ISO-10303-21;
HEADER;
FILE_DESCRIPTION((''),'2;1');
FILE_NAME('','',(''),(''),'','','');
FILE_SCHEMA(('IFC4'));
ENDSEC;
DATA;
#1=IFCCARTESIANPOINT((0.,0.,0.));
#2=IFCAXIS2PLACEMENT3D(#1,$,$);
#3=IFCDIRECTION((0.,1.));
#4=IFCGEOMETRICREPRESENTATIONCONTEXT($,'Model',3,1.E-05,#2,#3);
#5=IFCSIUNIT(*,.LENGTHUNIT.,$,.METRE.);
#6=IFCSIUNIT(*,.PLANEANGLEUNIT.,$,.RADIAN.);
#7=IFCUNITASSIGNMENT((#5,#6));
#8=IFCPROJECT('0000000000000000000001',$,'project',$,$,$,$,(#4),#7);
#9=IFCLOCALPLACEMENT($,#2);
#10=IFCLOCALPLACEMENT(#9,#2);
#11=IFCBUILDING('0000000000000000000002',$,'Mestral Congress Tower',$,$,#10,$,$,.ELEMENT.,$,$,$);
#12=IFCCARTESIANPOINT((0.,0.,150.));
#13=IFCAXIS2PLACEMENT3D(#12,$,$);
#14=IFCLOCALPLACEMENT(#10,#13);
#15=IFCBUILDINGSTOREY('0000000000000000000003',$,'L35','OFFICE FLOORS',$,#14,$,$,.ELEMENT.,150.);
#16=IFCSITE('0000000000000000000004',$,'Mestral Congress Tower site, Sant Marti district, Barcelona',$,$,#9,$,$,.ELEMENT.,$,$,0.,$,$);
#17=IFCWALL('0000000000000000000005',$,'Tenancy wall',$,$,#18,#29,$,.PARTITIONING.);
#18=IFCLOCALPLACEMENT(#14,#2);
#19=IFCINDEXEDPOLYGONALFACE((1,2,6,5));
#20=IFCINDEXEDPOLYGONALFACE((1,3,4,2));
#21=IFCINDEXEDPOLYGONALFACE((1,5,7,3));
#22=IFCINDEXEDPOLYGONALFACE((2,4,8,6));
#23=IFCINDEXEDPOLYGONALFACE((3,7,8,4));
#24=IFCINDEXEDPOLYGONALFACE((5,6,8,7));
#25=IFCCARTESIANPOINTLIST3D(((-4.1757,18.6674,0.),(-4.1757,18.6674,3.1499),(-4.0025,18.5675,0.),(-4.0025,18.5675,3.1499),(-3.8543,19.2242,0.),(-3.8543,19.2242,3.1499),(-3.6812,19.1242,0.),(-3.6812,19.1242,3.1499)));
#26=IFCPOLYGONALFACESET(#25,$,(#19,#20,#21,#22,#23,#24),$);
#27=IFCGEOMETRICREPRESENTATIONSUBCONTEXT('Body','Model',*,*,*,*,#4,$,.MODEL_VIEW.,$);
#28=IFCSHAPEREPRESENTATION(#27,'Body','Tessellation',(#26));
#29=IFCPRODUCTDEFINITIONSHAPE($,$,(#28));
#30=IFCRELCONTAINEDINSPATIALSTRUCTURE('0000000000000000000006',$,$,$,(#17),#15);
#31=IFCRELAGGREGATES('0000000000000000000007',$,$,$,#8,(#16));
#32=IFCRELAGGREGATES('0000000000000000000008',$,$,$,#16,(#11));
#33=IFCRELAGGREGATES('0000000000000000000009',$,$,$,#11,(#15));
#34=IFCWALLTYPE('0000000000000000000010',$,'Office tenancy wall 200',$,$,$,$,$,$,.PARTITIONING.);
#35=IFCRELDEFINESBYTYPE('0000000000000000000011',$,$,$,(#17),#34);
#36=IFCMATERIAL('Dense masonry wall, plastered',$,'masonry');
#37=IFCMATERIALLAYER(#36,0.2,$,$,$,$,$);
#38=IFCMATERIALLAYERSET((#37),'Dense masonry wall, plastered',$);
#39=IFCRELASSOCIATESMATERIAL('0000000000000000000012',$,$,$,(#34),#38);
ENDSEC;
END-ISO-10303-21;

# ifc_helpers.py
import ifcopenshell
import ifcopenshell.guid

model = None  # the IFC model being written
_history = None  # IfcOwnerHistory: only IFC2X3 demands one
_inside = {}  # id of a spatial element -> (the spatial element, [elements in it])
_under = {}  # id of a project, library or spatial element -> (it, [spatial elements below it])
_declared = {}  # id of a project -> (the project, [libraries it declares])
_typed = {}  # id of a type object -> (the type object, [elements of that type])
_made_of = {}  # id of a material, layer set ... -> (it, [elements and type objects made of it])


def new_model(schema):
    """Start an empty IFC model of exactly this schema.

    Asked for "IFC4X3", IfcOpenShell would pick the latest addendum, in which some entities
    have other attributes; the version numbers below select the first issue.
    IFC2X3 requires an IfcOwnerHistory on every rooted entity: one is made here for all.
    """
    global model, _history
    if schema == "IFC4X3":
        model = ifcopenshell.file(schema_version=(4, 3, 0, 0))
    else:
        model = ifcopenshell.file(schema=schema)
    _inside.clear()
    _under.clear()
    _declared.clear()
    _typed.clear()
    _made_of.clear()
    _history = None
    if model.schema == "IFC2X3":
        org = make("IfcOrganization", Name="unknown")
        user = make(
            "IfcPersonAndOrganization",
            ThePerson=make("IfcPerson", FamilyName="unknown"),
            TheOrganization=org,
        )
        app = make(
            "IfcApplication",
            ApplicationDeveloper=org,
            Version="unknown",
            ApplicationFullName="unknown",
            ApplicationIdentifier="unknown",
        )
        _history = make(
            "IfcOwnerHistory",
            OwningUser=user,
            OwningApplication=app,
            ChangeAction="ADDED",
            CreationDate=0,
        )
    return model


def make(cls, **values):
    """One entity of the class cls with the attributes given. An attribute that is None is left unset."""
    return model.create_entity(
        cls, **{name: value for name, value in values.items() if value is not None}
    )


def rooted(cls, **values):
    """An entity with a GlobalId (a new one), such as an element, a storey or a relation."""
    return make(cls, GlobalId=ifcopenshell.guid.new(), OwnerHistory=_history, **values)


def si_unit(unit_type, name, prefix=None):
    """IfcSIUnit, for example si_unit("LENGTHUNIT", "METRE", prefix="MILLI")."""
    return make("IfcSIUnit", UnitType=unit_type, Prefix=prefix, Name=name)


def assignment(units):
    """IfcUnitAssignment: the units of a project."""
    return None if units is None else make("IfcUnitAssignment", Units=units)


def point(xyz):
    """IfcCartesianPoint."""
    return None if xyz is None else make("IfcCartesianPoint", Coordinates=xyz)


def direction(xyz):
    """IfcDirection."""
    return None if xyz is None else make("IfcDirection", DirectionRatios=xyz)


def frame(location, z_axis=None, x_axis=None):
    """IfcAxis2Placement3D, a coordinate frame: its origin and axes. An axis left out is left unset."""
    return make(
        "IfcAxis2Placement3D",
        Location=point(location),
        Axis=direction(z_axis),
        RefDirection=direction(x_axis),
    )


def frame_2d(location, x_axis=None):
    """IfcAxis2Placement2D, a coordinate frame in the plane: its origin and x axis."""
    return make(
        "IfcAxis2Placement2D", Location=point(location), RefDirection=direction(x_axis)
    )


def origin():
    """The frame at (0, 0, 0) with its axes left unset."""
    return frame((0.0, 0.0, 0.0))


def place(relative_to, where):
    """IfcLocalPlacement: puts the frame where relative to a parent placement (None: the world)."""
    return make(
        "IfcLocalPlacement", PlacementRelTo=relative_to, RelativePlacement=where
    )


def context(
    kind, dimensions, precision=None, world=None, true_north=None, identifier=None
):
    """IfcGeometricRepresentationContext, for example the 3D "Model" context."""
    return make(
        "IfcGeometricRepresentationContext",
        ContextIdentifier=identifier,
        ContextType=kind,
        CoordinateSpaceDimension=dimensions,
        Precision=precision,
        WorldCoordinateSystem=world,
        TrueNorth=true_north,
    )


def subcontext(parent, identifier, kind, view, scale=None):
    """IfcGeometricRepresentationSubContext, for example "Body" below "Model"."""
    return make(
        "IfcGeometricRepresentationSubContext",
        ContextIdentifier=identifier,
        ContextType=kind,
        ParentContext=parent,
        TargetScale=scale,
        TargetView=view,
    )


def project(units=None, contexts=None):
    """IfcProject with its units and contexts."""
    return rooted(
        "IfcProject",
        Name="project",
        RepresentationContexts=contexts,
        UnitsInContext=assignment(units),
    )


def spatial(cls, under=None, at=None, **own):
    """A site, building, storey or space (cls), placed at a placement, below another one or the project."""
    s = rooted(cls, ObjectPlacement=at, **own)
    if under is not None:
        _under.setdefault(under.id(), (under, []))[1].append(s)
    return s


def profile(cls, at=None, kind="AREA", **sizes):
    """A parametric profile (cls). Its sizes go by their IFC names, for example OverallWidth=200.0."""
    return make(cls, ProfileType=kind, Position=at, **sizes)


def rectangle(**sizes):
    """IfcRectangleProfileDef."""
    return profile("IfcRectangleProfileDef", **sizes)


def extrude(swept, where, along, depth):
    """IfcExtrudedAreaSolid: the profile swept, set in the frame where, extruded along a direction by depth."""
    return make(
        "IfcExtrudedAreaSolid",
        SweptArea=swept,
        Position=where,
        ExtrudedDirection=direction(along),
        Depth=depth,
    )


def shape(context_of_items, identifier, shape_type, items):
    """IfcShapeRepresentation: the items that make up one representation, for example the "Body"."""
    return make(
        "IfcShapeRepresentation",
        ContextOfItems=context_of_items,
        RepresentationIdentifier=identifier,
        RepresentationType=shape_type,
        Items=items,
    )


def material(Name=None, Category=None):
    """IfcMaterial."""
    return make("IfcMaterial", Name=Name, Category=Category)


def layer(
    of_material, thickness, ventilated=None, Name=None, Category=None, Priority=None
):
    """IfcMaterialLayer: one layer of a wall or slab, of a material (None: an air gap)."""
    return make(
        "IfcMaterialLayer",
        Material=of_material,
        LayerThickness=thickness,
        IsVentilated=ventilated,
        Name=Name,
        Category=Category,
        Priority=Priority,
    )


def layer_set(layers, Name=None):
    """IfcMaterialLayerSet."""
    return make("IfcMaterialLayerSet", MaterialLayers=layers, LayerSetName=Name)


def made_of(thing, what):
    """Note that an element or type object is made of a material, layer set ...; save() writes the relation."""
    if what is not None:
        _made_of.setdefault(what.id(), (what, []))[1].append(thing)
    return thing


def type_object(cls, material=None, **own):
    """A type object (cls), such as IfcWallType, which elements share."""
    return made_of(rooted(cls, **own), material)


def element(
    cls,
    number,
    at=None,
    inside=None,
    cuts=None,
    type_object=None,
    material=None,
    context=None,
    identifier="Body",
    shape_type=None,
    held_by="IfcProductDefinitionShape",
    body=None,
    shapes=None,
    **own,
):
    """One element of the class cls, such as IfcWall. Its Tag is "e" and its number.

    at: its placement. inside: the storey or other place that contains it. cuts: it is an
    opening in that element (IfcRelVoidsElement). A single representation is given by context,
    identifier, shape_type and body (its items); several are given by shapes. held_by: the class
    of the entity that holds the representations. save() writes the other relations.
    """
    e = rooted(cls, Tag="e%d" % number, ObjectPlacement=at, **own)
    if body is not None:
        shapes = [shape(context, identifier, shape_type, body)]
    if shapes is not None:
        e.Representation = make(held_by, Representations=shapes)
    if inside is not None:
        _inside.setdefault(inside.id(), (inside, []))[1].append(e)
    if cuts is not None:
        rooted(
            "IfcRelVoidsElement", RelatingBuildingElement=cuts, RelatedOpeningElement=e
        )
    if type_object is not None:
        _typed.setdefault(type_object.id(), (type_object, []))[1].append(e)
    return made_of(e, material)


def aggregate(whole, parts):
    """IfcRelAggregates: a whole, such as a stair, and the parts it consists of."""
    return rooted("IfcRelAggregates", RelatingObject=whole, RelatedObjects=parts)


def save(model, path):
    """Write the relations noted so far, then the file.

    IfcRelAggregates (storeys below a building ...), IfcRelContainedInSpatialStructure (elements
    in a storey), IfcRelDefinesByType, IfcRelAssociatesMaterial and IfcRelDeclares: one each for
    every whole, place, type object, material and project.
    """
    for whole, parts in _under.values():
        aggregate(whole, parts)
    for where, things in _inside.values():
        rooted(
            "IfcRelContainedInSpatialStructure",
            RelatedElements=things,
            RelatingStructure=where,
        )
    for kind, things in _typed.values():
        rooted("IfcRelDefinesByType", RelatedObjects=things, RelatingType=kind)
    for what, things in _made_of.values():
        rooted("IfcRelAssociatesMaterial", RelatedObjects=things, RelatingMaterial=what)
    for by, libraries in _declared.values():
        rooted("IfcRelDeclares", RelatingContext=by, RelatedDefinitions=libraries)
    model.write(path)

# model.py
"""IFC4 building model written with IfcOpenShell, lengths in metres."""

from ifc_helpers import new_model, si_unit, direction, frame, frame_2d, origin, place, context, subcontext, project, spatial, rectangle, extrude, material, layer, layer_set, type_object, element, save


model = new_model("IFC4")

# Units and contexts
model_context = context("Model", 3, precision=1e-05, world=origin(), true_north=direction((0.0, 1.0)))
body_context = subcontext(model_context, "Body", "Model", "MODEL_VIEW")
ifc_project = project(units=[si_unit("LENGTHUNIT", "METRE"), si_unit("PLANEANGLEUNIT", "RADIAN")], contexts=[model_context])

# Site, building, storey
site_placement = place(None, origin())
site = spatial("IfcSite", under=ifc_project, at=site_placement, Name="Mestral Congress Tower site, Sant Marti district, Barcelona", CompositionType="ELEMENT", RefElevation=0.0)
building_placement = place(site_placement, origin())
building = spatial("IfcBuilding", under=site, at=building_placement, Name="Mestral Congress Tower", CompositionType="ELEMENT")
storey_placement = place(building_placement, frame((0.0, 0.0, 150.0)))
storey = spatial("IfcBuildingStorey", under=building, at=storey_placement, Name="L35", Description="OFFICE FLOORS", CompositionType="ELEMENT", Elevation=150.0)

# Wall
ifc_material_1 = material(Name="Dense masonry wall, plastered", Category="masonry")
ifc_layer_1 = layer(ifc_material_1, 0.2)
ifc_layer_set_1 = layer_set([ifc_layer_1], Name="Dense masonry wall, plastered")
wall_type_1 = type_object("IfcWallType", Name="Office tenancy wall 200", PredefinedType="PARTITIONING", material=ifc_layer_set_1)
wall_1_placement = place(storey_placement, frame((-3.7678, 19.1741, 0.0), z_axis=(0.0, 0.0, 1.0), x_axis=(-0.499898, -0.866084, 0.0)))
element("IfcWall", 1, at=wall_1_placement, inside=storey, type_object=wall_type_1, Name="Tenancy wall", PredefinedType="PARTITIONING", context=body_context, shape_type="SweptSolid", body=[
    extrude(rectangle(XDim=0.6428, YDim=0.2, at=frame_2d((0.3213, 0.0))), origin(), (0.0, 0.0, 1.0), 3.1499),
])

save(model, "model.ifc")
